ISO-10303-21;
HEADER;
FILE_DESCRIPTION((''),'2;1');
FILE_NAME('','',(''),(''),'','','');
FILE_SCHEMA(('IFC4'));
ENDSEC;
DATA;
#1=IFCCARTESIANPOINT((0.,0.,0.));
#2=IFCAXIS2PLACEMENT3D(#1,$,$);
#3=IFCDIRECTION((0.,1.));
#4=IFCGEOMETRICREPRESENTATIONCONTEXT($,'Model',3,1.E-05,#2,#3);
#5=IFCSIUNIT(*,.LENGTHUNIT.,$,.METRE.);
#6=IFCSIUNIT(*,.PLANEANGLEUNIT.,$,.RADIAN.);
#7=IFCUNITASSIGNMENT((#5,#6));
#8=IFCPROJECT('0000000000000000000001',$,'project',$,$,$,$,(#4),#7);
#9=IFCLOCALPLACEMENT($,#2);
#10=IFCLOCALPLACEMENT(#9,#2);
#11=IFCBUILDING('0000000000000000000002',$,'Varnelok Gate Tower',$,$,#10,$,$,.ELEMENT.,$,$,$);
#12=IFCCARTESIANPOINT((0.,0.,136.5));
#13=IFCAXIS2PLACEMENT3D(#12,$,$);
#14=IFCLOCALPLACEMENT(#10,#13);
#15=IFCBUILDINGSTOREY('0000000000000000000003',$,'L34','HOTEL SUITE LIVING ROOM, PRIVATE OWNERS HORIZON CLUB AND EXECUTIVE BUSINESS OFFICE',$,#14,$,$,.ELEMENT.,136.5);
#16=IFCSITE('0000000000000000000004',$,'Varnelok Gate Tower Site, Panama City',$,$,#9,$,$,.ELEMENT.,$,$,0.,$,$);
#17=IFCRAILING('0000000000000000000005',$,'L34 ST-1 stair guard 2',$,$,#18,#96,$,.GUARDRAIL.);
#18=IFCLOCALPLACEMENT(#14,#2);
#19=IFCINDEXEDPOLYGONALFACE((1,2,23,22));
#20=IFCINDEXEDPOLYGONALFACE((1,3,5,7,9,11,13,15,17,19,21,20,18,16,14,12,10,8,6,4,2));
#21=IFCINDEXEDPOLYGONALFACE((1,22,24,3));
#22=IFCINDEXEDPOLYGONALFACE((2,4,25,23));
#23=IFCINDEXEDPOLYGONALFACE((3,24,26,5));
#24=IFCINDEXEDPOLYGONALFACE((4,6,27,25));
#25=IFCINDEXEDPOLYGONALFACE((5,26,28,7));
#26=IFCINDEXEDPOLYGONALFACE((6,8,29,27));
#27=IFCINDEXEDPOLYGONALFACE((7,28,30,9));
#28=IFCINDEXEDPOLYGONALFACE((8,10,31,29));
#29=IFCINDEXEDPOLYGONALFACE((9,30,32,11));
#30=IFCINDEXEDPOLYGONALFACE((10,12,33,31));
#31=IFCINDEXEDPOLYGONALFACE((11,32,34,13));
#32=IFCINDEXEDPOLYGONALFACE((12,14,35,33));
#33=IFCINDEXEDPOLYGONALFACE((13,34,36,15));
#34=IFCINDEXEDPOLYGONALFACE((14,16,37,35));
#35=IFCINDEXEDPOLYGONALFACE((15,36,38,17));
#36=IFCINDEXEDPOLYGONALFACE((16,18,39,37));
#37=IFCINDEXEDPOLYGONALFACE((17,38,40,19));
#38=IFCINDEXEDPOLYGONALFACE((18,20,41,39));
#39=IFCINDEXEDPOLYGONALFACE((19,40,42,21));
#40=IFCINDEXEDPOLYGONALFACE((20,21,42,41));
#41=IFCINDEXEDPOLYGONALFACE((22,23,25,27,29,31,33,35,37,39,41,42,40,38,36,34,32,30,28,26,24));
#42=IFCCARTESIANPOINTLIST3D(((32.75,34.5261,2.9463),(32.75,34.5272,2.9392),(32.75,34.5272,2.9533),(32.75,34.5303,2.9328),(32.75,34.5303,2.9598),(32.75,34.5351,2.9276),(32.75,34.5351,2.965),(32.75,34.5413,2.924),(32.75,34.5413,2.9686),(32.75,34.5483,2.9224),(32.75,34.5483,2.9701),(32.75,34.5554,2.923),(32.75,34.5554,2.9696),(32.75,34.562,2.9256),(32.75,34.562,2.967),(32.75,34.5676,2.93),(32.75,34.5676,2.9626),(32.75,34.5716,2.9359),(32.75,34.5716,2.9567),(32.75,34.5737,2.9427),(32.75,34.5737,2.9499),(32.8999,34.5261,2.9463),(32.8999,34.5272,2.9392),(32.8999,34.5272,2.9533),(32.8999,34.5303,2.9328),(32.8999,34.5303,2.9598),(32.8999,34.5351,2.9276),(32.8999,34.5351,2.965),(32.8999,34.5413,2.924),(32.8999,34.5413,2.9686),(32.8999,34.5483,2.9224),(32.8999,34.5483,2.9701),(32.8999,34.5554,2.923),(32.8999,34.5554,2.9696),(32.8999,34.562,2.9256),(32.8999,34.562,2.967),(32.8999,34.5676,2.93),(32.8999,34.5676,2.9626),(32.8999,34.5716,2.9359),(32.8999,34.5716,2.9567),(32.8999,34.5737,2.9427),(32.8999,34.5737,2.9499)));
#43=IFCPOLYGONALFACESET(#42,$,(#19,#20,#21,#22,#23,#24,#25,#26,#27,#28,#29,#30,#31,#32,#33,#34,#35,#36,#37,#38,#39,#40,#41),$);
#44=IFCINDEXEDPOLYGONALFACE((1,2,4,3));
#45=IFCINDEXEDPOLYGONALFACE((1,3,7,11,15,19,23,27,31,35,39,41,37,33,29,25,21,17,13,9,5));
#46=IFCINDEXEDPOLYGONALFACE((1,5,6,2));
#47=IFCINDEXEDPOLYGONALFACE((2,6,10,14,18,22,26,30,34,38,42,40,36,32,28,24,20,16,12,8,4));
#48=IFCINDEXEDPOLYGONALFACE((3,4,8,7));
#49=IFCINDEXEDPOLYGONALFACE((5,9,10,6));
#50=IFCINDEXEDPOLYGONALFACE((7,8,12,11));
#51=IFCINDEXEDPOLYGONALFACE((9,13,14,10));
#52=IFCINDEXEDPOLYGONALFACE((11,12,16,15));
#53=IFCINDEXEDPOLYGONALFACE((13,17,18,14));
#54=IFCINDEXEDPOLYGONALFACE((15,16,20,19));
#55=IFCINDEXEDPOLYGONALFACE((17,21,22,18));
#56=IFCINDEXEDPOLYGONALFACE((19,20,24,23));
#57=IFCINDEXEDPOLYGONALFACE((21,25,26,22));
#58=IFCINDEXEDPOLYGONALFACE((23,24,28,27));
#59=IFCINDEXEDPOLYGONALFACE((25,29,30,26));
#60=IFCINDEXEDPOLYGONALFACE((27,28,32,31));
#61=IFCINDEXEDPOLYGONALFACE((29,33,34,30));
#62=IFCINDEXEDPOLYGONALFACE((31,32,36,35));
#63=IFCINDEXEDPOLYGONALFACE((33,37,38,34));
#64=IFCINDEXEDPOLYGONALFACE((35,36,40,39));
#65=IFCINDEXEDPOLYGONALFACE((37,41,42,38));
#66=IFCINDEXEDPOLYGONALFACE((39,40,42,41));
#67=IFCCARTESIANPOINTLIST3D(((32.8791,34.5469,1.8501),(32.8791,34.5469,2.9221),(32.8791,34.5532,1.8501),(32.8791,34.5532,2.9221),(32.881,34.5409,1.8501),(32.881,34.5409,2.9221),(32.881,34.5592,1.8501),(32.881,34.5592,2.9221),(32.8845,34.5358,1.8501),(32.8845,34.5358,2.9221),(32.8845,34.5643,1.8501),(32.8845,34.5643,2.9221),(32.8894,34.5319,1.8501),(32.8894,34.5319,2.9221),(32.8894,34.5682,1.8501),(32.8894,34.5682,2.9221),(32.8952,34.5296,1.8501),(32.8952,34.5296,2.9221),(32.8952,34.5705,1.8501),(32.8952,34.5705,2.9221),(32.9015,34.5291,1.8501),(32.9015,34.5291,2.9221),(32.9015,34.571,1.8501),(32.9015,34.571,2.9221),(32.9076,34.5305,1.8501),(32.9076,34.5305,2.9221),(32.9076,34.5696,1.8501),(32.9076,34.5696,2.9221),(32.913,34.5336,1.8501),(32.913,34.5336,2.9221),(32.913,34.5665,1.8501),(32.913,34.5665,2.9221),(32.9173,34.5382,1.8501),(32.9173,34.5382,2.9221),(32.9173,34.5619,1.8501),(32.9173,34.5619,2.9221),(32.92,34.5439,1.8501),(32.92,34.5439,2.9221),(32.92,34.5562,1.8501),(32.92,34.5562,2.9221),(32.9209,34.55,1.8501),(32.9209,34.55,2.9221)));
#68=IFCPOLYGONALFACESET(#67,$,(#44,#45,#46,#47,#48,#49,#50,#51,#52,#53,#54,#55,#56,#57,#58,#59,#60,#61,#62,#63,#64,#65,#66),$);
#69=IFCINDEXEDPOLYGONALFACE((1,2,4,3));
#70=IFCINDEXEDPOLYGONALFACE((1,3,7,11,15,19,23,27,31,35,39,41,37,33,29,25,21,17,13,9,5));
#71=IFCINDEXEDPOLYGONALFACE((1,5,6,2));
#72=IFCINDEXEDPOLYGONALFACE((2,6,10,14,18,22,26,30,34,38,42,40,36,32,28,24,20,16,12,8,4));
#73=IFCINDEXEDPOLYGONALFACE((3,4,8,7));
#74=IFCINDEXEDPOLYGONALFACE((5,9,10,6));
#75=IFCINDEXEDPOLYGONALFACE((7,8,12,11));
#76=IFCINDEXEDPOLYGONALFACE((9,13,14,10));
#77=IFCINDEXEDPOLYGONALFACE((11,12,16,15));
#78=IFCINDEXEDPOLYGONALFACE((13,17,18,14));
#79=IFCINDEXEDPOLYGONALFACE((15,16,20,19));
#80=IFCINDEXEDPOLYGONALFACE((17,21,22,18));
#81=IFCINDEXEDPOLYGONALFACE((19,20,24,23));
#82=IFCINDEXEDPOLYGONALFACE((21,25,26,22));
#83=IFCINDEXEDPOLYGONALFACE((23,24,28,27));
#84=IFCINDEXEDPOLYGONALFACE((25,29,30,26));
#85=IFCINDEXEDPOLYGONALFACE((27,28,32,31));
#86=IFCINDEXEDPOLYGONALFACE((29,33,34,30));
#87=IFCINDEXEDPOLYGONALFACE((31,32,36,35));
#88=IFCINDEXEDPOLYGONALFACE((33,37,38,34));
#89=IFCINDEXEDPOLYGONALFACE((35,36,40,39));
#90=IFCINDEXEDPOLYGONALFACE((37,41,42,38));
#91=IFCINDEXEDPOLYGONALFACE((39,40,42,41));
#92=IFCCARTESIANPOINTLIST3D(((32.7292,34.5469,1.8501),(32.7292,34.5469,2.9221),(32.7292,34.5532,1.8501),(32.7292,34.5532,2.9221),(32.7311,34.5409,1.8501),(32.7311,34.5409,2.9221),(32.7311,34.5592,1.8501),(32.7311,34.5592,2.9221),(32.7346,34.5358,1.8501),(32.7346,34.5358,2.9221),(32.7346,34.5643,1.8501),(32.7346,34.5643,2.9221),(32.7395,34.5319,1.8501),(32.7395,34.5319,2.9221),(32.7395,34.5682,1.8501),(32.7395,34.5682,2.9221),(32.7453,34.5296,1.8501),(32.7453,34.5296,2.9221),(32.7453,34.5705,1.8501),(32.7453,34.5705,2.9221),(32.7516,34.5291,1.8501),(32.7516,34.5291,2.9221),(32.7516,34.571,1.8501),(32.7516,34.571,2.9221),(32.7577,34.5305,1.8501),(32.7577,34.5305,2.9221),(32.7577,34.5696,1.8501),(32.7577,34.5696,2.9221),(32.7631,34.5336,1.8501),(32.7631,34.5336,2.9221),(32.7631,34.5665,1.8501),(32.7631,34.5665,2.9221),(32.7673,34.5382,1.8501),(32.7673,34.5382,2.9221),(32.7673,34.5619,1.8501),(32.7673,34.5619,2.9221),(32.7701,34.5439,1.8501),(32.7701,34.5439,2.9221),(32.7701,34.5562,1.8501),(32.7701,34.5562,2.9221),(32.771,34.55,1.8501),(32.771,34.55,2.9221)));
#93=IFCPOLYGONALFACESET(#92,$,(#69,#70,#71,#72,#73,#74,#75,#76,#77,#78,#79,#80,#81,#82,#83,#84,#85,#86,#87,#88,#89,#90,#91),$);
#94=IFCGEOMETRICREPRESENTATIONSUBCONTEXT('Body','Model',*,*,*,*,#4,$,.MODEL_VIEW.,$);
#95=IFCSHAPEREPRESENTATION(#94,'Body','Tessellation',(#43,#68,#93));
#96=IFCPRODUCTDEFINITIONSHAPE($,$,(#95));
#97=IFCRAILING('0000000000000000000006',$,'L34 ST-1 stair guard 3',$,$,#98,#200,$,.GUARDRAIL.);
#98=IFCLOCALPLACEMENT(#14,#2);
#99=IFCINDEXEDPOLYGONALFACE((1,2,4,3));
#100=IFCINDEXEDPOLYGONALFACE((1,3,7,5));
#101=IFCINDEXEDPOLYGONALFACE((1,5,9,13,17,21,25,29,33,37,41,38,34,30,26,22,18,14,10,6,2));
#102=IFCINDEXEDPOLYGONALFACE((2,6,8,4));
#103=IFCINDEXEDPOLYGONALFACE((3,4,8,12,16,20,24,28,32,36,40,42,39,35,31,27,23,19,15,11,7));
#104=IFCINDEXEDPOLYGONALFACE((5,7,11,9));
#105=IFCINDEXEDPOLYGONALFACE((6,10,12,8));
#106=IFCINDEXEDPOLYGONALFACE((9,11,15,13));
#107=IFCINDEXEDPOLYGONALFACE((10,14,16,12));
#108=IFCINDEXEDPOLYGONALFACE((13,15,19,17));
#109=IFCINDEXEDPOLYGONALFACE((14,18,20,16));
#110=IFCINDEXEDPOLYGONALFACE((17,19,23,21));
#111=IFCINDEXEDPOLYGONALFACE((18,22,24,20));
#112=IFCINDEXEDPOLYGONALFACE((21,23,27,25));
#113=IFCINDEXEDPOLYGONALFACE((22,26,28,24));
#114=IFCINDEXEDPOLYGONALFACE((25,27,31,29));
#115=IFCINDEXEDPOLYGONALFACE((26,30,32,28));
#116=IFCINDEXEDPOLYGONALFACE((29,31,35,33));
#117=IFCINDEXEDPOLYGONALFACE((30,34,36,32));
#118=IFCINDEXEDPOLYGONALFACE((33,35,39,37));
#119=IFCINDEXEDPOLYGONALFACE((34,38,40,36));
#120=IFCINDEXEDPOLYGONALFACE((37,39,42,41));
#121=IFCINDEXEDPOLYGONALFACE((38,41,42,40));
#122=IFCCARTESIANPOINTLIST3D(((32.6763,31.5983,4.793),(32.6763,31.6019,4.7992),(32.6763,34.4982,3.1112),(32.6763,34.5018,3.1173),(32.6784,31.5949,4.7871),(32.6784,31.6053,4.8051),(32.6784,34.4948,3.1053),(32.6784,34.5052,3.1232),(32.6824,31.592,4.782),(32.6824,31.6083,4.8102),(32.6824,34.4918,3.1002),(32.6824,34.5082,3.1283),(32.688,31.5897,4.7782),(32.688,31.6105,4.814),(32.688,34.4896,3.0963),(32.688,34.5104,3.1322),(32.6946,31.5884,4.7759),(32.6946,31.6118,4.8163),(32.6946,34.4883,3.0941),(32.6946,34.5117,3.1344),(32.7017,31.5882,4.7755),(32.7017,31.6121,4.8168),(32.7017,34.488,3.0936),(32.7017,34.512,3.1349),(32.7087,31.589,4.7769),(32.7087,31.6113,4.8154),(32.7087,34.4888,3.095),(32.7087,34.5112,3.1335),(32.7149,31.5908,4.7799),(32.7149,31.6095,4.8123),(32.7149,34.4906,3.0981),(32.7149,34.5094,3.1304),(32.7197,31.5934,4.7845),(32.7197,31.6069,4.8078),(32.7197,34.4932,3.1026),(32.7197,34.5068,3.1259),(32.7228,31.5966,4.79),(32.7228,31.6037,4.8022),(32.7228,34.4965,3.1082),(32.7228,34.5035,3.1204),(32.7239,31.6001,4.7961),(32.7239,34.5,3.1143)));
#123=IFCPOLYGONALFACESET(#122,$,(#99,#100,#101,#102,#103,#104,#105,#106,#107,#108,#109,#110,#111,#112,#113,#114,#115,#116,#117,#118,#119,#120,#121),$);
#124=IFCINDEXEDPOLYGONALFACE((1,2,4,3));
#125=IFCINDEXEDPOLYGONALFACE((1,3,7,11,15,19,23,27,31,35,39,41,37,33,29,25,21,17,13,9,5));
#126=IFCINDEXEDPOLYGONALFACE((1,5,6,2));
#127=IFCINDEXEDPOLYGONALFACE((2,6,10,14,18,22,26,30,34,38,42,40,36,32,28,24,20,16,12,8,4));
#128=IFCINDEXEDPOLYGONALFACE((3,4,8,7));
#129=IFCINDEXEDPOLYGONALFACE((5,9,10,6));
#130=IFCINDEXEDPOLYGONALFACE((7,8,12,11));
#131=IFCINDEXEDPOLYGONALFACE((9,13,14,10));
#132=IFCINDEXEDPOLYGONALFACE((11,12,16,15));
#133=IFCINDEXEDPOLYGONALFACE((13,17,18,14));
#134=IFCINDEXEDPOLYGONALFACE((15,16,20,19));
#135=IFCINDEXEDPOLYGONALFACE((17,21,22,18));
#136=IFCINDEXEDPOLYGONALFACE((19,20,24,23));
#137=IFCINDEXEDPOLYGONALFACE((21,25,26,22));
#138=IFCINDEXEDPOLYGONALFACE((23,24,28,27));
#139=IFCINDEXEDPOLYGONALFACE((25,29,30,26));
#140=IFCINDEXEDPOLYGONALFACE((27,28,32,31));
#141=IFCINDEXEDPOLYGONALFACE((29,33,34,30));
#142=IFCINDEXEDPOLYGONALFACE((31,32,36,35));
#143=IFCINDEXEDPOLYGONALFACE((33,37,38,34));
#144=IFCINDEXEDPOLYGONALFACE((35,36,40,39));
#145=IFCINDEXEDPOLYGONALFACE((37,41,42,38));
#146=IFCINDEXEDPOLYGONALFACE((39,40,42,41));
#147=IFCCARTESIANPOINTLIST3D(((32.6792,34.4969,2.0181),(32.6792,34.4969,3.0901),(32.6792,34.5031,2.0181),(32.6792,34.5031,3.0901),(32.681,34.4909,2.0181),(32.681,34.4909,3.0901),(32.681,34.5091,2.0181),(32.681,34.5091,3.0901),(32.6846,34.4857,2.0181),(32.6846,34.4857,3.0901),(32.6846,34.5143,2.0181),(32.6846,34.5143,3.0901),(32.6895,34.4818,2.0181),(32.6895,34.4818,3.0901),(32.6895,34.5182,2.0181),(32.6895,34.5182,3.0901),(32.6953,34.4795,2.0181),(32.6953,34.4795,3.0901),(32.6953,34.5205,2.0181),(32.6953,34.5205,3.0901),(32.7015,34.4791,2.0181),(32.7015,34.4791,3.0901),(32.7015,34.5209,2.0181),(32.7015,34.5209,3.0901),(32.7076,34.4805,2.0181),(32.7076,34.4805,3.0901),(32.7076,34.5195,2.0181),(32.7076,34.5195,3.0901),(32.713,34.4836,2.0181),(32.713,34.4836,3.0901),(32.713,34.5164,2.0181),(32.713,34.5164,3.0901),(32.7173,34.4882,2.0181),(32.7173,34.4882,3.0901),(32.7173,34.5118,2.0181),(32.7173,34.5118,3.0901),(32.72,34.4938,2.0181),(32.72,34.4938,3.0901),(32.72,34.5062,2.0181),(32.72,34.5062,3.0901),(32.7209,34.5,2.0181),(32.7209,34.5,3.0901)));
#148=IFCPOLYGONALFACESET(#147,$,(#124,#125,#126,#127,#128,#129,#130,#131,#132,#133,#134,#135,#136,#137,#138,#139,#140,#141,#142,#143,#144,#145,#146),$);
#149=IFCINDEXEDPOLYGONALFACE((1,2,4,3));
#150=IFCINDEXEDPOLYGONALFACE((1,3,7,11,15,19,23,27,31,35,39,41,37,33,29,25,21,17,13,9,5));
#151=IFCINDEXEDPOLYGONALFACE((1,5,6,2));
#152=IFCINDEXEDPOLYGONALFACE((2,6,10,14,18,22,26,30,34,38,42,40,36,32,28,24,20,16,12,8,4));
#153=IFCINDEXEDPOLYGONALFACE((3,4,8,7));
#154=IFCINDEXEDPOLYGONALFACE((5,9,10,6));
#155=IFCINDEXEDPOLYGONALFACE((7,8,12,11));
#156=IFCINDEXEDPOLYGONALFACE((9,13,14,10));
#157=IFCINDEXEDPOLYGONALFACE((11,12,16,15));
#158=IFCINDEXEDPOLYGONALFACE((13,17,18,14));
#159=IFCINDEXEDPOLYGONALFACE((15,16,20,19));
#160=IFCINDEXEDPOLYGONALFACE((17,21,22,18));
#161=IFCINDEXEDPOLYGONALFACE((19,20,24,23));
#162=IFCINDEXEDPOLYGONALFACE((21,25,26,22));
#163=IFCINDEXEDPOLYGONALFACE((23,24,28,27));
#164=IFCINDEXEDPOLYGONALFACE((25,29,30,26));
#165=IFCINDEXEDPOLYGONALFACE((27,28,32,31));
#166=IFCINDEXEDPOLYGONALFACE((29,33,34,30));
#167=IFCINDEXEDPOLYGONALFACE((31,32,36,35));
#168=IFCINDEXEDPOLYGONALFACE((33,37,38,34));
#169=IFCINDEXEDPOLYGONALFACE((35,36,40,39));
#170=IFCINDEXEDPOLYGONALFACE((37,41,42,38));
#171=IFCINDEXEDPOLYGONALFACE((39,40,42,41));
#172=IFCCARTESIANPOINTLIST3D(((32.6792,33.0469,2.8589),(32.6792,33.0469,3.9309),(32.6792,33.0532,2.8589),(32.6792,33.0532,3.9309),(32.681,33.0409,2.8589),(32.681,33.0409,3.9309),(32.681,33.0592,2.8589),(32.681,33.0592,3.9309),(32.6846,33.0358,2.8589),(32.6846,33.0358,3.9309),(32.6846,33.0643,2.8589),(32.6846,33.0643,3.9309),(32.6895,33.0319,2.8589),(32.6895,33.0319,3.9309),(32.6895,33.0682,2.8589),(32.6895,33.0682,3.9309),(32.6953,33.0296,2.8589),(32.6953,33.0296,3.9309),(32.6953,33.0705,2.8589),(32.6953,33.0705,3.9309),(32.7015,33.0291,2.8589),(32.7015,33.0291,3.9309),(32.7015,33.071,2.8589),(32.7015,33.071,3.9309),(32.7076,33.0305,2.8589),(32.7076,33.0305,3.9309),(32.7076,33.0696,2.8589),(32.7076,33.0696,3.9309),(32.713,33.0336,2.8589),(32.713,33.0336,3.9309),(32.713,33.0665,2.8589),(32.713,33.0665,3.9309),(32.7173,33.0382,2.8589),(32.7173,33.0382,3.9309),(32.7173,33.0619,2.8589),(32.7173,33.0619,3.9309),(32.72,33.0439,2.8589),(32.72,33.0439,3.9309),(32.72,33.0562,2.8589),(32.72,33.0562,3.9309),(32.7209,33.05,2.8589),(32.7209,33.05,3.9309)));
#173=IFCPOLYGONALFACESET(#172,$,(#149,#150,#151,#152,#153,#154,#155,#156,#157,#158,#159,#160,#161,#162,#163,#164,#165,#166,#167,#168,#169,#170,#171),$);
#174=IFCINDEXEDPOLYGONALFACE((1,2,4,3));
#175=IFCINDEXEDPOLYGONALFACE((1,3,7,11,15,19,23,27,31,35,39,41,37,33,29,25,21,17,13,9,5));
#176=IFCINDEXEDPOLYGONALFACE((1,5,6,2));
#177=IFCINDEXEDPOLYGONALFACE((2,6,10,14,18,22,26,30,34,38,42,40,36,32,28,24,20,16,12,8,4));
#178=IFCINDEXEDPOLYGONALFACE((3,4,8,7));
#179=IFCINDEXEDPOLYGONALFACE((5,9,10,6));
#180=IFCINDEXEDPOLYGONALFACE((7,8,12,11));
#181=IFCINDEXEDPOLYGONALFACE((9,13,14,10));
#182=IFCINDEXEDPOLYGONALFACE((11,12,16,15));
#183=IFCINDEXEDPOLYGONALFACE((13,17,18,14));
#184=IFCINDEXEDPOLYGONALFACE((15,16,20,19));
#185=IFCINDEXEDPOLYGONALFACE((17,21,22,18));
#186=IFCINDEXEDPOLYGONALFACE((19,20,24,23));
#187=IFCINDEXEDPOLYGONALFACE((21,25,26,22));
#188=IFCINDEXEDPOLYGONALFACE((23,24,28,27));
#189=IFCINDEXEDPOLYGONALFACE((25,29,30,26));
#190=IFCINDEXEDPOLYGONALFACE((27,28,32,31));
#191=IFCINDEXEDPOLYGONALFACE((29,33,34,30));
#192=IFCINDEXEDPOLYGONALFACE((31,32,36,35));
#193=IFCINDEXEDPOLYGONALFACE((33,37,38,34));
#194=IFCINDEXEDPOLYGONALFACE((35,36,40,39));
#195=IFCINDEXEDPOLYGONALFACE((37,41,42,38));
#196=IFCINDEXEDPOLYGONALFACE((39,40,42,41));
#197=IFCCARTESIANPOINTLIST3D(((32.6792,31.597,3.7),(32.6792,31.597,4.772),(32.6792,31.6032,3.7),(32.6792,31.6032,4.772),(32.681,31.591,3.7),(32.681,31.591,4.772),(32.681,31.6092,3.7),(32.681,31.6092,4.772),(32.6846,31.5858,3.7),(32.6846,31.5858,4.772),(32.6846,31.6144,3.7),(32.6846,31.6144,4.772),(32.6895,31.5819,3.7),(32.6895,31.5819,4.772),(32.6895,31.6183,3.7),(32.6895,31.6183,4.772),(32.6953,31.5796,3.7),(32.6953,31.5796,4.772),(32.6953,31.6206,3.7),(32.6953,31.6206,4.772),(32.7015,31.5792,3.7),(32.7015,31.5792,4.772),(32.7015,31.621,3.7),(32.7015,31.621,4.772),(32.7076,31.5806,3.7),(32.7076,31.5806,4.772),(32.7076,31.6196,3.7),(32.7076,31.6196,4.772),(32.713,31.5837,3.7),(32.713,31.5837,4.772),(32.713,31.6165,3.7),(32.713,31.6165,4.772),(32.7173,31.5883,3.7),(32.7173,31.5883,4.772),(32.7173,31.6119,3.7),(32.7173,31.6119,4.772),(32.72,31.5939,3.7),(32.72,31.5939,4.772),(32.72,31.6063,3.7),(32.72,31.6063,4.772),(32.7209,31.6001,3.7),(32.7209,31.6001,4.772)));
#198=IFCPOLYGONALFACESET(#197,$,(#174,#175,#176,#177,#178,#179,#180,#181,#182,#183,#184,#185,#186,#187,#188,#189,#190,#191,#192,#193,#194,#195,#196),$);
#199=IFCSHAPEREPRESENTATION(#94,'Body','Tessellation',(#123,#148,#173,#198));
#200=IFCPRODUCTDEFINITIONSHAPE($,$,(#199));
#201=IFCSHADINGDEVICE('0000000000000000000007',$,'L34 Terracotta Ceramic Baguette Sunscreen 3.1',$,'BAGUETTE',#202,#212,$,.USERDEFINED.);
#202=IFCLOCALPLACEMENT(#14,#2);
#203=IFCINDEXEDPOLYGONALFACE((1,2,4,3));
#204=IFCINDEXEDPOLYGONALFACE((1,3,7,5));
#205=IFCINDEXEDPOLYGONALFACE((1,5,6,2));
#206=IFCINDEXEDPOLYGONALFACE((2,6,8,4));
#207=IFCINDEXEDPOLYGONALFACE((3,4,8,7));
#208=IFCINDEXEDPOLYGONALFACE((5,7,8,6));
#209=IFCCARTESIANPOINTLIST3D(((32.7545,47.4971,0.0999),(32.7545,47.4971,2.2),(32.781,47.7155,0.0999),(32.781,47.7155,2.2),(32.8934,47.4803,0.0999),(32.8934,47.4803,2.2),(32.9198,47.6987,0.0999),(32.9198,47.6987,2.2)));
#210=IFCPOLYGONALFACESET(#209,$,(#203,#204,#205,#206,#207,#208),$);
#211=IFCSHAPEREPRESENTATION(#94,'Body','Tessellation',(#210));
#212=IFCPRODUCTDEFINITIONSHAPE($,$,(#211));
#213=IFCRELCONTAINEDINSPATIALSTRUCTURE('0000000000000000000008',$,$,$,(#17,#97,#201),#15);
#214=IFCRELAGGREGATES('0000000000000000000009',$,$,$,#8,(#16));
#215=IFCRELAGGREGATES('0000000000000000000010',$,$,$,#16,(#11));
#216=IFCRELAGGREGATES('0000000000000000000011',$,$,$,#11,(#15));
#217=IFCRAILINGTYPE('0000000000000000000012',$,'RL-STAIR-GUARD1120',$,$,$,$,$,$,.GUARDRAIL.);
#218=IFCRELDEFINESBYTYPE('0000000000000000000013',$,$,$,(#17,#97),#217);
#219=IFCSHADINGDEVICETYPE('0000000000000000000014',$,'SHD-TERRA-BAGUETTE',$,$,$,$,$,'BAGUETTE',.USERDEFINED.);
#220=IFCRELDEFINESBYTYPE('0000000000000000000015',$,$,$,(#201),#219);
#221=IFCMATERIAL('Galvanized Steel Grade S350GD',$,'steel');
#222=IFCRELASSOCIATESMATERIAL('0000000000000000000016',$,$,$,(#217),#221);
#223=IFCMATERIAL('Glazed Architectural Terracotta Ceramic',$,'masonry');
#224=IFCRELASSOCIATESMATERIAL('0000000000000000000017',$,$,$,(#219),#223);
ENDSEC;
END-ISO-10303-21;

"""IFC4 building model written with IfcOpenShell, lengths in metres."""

from ifc_helpers import new_model, si_unit, direction, frame, origin, origin_2d, place, context, subcontext, project, spatial, rectangle, circle, extrude, source, transform, mapped, material, type_object, element, save


model = new_model("IFC4")

# Units and contexts
model_context = context("Model", 3, precision=1e-05, world=origin(), true_north=direction((0.0, 1.0)))
body_context = subcontext(model_context, "Body", "Model", "MODEL_VIEW")
ifc_project = project(units=[si_unit("LENGTHUNIT", "METRE"), si_unit("PLANEANGLEUNIT", "RADIAN")], contexts=[model_context])

# Site, building, storey
site_placement = place(None, origin())
site = spatial("IfcSite", under=ifc_project, at=site_placement, Name="Varnelok Gate Tower Site, Panama City", CompositionType="ELEMENT", RefElevation=0.0)
building_placement = place(site_placement, origin())
building = spatial("IfcBuilding", under=site, at=building_placement, Name="Varnelok Gate Tower", CompositionType="ELEMENT")
storey_placement = place(building_placement, frame((0.0, 0.0, 136.5)))
storey = spatial("IfcBuildingStorey", under=building, at=storey_placement, Name="L34", Description="HOTEL SUITE LIVING ROOM, PRIVATE OWNERS HORIZON CLUB AND EXECUTIVE BUSINESS OFFICE", CompositionType="ELEMENT", Elevation=136.5)

# Railings
ifc_material_1 = material(Name="Galvanized Steel Grade S350GD", Category="steel")
railing_type_1 = type_object("IfcRailingType", Name="RL-STAIR-GUARD1120", PredefinedType="GUARDRAIL", material=ifc_material_1)
railing_1_placement = place(storey_placement, frame((32.8999, 34.55, 1.8501)))
element("IfcRailing", 1, at=railing_1_placement, inside=storey, type_object=railing_type_1, Name="L34 ST-1 stair guard 2", PredefinedType="GUARDRAIL", context=body_context, shape_type="SweptSolid", body=[
    extrude(circle(Radius=0.0239, at=origin_2d()), frame((0.0, 0.0, 1.0962), z_axis=(-1.0, 0.0, 0.0), x_axis=(0.0, -1.0, 0.0)), (0.0, 0.0, 1.0), 0.1499),
    extrude(circle(Radius=0.021, at=origin_2d()), origin(), (0.0, 0.0, 1.0), 1.072),
    extrude(circle(Radius=0.021, at=origin_2d()), frame((-0.1499, 0.0, 0.0)), (0.0, 0.0, 1.0), 1.072),
])
railing_2_placement = place(storey_placement, frame((32.7, 34.5, 2.0181)))
element("IfcRailing", 2, at=railing_2_placement, inside=storey, type_object=railing_type_1, Name="L34 ST-1 stair guard 3", PredefinedType="GUARDRAIL", context=body_context, shape_type="SweptSolid", body=[
    extrude(circle(Radius=0.0239, at=origin_2d()), frame((0.0, 0.0, 1.0962), z_axis=(0.0, -0.865039, 0.501705), x_axis=(1.0, 0.0, 0.0)), (0.0, 0.0, 1.0), 3.3523),
    extrude(circle(Radius=0.021, at=origin_2d()), origin(), (0.0, 0.0, 1.0), 1.072),
    extrude(circle(Radius=0.021, at=origin_2d()), frame((0.0, -1.45, 0.8408)), (0.0, 0.0, 1.0), 1.072),
    extrude(circle(Radius=0.021, at=origin_2d()), frame((0.0, -2.8999, 1.6819)), (0.0, 0.0, 1.0), 1.072),
])

# Shading device
ifc_material_2 = material(Name="Glazed Architectural Terracotta Ceramic", Category="masonry")
shading_device_type = type_object("IfcShadingDeviceType", Name="SHD-TERRA-BAGUETTE", ElementType="BAGUETTE", PredefinedType="USERDEFINED", material=ifc_material_2)
shared_shape_1 = source(origin(), body_context, "Body", "SweptSolid", [
    extrude(rectangle(XDim=0.1399, YDim=0.22, at=origin_2d()), origin(), (0.0, 0.0, 1.0), 2.1001),
])
shading_device_placement = place(storey_placement, frame((32.8372, 47.5979, 0.0999), z_axis=(0.0, 0.0, 1.0), x_axis=(0.992732, -0.120345, 0.0)))
element("IfcShadingDevice", 3, at=shading_device_placement, inside=storey, type_object=shading_device_type, Name="L34 Terracotta Ceramic Baguette Sunscreen 3.1", ObjectType="BAGUETTE", PredefinedType="USERDEFINED", context=body_context, shape_type="MappedRepresentation", body=[
    mapped(shared_shape_1, transform((0.0, 0.0, 0.0), scale=1.0)),
])

save(model, "model.ifc")
